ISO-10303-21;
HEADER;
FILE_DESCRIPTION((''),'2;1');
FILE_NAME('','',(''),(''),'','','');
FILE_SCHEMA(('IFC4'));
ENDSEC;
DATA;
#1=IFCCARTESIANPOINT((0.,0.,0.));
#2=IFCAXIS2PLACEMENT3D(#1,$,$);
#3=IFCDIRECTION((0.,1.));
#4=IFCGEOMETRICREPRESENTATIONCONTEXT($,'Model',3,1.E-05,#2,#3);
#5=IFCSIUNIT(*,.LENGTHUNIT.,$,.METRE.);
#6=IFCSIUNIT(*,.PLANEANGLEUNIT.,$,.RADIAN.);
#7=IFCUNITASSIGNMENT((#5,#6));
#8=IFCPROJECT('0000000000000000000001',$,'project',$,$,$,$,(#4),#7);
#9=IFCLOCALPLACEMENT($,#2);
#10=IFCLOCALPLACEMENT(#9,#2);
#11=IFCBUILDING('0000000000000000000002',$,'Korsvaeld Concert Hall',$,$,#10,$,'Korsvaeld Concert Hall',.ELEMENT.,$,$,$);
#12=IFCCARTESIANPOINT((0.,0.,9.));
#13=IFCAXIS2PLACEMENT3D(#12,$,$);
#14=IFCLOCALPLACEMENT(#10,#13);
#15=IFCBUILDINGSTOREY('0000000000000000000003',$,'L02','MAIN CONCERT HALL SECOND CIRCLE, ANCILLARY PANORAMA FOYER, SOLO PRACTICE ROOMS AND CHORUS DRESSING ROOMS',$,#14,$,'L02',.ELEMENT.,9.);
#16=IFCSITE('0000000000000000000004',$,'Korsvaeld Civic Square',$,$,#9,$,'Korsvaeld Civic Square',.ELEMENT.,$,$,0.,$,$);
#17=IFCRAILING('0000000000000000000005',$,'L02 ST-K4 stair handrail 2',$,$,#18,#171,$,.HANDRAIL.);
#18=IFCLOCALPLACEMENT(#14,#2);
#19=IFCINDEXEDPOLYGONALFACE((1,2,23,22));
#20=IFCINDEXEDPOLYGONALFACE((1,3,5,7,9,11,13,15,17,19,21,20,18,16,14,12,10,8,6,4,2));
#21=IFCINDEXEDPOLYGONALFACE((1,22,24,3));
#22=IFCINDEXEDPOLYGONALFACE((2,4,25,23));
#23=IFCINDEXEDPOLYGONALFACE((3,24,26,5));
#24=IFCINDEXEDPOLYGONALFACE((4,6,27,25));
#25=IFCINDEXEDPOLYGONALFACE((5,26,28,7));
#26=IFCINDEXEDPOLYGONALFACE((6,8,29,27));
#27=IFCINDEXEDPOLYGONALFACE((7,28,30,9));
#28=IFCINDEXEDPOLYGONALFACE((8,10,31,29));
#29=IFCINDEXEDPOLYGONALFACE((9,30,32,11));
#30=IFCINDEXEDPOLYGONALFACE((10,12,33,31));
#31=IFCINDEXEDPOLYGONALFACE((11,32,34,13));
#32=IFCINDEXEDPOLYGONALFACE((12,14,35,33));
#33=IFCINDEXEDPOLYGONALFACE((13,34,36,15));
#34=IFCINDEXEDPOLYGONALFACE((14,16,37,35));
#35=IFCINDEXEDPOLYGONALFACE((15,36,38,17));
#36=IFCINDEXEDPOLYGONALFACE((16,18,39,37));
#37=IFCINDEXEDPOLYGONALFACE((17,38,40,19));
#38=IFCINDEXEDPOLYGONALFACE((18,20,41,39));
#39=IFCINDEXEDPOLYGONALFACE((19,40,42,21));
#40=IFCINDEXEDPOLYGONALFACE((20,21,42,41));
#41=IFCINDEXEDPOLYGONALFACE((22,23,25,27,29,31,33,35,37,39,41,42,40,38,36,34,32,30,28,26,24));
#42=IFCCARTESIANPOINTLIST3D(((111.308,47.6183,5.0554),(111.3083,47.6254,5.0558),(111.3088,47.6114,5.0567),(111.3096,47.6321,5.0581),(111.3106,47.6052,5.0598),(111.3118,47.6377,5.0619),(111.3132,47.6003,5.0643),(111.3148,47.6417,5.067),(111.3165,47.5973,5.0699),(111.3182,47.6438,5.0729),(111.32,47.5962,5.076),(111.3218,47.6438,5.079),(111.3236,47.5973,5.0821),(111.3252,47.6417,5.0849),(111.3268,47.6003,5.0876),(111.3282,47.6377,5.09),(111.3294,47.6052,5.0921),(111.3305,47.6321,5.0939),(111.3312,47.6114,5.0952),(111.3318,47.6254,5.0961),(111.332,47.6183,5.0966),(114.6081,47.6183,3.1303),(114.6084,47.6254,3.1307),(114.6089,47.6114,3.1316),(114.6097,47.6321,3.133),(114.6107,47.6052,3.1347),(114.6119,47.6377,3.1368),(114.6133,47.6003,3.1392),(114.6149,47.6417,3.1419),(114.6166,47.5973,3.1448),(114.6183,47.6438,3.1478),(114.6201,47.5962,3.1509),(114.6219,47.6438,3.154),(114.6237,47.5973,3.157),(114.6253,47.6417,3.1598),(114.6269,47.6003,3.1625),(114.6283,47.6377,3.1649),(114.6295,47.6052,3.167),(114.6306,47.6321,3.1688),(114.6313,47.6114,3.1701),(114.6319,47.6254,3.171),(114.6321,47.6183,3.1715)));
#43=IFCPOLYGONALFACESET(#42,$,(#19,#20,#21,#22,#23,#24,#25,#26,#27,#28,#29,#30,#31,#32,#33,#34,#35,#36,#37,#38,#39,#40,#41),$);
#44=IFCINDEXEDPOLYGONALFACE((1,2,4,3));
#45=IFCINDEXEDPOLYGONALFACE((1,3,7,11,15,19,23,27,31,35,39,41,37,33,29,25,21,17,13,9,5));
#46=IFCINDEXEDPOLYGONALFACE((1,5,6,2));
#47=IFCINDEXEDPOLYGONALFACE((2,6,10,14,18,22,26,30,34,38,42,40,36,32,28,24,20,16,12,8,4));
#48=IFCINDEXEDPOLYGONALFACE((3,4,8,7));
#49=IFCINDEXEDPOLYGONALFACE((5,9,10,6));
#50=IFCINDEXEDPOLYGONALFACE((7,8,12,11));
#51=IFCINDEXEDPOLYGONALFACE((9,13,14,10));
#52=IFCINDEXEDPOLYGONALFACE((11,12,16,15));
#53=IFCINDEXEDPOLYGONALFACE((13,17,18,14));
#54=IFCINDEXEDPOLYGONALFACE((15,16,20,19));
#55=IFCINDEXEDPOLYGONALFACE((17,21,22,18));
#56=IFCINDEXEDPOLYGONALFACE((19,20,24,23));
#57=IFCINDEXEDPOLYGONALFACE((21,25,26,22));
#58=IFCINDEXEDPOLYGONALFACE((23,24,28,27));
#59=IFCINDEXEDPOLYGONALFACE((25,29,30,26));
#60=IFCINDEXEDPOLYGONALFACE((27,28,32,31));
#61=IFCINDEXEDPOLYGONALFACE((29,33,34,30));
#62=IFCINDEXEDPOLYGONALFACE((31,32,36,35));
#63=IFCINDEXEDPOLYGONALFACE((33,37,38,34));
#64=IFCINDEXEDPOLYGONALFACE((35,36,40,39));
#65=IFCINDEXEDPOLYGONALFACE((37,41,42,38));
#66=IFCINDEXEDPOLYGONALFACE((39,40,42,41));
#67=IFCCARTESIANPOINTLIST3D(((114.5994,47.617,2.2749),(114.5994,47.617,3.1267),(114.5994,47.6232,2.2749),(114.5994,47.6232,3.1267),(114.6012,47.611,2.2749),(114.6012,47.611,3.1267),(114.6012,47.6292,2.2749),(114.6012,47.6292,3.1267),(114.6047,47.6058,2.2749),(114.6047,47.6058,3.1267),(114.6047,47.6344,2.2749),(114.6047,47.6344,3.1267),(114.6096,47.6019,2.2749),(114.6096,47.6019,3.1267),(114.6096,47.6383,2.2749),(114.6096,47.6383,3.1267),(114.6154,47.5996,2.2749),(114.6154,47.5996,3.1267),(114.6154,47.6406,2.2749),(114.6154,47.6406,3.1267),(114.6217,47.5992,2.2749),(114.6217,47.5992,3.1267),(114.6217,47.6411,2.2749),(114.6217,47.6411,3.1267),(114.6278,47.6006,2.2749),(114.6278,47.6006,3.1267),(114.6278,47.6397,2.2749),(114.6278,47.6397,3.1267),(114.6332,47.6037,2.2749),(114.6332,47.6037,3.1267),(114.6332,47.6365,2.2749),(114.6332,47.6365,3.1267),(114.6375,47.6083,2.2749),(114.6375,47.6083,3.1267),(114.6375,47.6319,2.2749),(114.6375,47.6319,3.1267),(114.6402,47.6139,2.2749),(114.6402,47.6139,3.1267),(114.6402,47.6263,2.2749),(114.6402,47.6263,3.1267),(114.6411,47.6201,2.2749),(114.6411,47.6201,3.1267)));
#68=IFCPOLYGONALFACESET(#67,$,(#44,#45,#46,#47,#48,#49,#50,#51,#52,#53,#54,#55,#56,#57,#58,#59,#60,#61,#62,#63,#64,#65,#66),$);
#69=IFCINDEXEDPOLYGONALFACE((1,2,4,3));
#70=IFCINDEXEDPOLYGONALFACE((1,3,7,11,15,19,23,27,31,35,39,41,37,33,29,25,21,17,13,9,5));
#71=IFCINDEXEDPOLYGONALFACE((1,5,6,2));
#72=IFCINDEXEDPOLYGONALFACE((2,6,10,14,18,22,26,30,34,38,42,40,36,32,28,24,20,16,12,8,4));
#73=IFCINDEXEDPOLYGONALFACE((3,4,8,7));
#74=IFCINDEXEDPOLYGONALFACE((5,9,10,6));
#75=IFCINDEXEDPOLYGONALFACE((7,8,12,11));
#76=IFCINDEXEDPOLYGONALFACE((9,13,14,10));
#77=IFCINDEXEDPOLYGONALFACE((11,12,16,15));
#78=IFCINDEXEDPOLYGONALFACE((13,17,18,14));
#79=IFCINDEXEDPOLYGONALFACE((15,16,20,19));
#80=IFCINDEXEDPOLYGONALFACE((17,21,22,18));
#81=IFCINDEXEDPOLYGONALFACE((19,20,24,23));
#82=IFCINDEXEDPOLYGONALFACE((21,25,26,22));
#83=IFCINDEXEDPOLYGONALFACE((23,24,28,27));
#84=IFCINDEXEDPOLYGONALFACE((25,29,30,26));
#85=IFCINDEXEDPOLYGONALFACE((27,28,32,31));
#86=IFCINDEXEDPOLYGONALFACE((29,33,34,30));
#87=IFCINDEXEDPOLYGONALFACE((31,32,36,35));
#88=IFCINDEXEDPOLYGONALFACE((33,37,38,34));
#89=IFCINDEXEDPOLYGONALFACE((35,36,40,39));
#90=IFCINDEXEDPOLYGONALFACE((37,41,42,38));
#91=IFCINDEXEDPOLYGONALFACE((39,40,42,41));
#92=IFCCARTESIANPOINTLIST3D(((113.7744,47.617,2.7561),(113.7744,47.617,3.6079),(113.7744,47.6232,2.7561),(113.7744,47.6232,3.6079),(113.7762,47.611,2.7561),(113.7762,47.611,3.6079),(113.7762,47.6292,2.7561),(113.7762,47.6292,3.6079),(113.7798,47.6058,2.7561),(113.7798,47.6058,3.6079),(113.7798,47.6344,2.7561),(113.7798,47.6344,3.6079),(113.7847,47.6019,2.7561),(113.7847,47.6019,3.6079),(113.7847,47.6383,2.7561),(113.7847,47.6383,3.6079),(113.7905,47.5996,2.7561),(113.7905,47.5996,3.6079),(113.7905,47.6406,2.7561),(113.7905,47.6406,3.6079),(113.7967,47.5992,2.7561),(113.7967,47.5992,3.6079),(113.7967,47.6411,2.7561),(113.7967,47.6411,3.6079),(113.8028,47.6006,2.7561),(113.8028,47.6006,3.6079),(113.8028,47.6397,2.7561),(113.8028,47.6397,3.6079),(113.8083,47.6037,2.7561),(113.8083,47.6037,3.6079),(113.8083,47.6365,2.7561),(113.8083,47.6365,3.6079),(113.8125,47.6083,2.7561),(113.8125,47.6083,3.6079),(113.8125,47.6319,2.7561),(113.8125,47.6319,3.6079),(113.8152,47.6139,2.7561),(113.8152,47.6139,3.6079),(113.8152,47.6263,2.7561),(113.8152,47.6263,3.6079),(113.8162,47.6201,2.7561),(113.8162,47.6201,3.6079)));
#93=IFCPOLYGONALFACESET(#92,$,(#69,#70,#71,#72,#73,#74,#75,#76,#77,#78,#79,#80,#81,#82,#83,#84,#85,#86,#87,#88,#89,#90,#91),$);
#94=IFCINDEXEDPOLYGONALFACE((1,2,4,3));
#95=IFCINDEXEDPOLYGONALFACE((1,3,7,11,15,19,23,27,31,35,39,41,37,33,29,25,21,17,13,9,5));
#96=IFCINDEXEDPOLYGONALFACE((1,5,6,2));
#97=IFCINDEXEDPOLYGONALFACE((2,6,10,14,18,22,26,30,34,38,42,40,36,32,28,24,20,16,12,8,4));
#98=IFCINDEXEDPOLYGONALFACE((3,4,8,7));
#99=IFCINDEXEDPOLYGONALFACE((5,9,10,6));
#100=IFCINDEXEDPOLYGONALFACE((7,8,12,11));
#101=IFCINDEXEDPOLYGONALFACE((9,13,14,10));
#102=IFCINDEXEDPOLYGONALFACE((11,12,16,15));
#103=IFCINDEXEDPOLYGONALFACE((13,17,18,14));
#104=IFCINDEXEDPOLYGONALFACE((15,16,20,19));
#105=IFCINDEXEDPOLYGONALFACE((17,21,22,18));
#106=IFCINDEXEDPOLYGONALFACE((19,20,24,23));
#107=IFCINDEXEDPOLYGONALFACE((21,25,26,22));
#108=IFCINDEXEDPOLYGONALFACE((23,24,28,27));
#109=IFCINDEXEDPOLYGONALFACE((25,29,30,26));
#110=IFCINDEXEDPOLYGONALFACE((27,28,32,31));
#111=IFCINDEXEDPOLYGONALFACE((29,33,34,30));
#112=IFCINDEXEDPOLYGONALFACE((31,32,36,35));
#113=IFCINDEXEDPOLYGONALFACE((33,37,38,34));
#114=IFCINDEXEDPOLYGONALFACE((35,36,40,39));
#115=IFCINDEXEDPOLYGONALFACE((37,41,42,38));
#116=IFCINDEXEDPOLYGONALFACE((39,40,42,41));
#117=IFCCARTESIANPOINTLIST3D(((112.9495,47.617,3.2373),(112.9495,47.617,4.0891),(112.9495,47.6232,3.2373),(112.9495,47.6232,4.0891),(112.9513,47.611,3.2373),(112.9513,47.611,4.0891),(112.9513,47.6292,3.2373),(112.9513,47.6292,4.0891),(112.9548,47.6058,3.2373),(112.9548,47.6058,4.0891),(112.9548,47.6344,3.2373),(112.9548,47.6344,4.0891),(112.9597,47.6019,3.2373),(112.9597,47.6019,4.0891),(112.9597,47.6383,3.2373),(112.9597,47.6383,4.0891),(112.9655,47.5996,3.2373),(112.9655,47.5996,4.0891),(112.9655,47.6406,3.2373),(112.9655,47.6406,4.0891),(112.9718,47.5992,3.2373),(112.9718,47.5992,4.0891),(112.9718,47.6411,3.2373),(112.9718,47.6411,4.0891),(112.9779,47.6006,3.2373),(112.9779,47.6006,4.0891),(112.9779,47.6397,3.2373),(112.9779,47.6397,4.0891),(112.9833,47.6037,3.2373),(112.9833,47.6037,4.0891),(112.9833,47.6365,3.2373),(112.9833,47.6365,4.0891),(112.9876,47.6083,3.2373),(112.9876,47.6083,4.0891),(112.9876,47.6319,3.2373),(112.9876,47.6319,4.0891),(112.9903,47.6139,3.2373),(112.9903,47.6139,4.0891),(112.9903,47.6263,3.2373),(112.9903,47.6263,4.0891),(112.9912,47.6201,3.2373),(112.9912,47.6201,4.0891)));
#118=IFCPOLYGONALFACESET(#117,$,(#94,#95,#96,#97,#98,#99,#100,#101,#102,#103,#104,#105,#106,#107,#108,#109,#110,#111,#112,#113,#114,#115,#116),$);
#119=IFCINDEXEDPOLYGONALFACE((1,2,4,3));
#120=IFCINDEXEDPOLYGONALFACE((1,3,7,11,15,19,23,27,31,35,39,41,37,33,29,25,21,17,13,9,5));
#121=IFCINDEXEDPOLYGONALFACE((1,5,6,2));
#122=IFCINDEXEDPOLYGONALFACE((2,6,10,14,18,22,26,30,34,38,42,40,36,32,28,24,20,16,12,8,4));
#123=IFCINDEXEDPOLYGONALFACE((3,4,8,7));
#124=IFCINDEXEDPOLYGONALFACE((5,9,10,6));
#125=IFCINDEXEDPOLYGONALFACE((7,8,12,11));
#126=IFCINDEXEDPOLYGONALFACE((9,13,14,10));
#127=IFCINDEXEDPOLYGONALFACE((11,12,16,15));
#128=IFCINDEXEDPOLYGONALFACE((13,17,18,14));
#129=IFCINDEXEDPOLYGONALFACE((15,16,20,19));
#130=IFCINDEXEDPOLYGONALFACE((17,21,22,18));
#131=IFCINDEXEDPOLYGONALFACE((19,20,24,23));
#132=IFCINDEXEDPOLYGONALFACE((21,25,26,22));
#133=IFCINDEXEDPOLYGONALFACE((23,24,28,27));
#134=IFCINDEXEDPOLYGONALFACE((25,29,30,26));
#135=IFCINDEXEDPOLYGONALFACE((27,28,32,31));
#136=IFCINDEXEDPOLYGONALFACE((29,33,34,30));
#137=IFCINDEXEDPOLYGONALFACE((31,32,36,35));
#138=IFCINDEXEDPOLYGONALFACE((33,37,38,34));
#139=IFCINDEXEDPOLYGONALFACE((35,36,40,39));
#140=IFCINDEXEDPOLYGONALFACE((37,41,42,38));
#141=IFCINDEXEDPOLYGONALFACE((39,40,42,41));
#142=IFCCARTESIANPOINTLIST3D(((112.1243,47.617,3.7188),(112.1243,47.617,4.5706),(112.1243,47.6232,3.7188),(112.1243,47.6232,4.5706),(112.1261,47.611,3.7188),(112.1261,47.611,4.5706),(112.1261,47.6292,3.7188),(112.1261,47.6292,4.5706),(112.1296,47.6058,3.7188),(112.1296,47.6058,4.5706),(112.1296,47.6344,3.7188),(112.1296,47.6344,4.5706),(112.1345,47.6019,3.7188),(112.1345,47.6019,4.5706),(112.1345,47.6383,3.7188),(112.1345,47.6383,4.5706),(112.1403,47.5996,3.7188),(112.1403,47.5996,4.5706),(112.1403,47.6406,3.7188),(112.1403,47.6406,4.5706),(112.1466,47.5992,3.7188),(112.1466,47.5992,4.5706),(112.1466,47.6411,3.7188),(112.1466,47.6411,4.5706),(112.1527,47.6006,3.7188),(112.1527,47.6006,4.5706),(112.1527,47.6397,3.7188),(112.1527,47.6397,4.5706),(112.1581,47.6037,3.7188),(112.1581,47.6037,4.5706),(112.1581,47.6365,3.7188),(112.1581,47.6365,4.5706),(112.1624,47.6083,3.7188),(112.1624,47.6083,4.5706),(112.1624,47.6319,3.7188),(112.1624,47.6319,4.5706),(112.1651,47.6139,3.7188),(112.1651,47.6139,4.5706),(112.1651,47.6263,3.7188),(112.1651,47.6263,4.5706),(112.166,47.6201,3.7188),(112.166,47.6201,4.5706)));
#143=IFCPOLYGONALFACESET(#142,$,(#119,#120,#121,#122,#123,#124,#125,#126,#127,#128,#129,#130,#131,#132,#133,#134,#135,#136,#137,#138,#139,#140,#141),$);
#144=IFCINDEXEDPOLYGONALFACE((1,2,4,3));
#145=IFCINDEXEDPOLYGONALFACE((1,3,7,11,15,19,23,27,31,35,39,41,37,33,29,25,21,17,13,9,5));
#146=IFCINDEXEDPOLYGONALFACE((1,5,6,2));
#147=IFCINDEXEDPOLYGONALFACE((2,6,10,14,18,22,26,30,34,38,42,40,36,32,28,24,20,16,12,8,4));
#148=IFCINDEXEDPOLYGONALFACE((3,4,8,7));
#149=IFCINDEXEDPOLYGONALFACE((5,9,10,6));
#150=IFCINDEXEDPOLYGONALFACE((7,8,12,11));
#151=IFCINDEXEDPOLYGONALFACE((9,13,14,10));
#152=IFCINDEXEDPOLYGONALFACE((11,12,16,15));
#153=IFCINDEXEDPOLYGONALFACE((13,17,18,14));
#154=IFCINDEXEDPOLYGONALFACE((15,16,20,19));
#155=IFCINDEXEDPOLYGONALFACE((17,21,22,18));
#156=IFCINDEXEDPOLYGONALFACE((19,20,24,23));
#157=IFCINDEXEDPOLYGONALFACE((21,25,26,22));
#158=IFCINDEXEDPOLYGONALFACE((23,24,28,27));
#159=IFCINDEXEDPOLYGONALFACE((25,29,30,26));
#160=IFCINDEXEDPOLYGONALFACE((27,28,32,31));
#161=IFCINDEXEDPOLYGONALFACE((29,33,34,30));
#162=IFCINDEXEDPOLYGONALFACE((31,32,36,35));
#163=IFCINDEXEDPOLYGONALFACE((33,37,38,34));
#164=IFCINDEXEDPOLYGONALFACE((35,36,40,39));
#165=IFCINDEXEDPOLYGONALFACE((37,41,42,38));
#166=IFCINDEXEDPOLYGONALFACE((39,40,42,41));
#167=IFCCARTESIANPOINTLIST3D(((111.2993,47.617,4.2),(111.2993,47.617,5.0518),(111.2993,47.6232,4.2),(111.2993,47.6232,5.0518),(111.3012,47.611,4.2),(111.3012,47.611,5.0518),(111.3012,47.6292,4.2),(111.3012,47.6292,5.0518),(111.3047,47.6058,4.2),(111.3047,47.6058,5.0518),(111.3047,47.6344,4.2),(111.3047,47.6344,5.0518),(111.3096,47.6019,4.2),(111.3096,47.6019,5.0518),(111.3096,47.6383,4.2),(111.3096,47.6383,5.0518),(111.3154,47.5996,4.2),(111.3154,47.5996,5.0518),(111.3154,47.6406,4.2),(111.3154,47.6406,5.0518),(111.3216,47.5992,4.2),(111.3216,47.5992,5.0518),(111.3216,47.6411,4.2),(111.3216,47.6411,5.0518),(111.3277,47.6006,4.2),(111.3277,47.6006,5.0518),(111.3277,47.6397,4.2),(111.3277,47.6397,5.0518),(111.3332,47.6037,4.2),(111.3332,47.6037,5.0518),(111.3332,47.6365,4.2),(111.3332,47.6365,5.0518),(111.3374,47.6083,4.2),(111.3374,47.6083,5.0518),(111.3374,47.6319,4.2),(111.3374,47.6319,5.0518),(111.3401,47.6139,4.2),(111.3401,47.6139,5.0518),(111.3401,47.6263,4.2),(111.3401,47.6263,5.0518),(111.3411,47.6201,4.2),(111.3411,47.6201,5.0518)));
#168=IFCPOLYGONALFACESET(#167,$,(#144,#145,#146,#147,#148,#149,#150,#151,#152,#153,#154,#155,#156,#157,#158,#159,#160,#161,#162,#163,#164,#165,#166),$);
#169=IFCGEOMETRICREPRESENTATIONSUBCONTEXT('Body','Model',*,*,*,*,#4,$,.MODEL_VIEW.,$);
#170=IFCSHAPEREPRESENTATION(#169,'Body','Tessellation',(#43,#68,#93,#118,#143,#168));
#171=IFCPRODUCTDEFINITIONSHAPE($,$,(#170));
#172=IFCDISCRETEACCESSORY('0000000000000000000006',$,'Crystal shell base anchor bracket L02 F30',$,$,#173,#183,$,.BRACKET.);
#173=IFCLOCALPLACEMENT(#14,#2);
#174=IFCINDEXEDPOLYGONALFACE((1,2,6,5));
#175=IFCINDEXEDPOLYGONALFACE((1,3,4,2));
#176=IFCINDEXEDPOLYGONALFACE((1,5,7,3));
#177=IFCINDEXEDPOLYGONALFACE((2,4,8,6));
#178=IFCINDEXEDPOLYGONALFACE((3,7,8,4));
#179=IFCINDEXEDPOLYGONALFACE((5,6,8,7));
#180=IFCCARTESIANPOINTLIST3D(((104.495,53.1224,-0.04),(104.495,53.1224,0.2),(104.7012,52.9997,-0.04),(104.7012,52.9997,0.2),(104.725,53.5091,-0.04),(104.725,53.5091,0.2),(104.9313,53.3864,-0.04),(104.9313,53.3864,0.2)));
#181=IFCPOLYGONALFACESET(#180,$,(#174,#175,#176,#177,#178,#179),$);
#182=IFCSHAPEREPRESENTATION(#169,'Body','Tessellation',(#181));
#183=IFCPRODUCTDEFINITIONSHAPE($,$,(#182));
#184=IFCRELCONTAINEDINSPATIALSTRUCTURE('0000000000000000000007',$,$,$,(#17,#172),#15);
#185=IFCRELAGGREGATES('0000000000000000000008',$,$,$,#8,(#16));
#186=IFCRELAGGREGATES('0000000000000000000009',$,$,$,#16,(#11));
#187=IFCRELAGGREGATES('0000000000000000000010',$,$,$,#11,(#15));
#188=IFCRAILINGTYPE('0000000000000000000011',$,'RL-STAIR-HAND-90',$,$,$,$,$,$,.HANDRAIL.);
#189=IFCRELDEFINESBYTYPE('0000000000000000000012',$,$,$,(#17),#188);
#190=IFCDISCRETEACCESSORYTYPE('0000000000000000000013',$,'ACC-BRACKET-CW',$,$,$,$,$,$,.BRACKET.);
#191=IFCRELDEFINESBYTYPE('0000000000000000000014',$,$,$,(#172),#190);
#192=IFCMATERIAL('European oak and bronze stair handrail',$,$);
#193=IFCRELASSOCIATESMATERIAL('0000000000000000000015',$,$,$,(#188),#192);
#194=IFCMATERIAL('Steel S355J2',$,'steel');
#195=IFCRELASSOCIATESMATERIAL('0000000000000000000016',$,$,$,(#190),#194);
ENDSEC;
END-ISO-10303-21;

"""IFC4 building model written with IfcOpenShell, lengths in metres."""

from ifc_helpers import new_model, si_unit, direction, frame, origin, origin_2d, place, context, subcontext, project, spatial, rectangle, circle, extrude, material, type_object, element, save


model = new_model("IFC4")

# Units and contexts
model_context = context("Model", 3, precision=1e-05, world=origin(), true_north=direction((0.0, 1.0)))
body_context = subcontext(model_context, "Body", "Model", "MODEL_VIEW")
ifc_project = project(units=[si_unit("LENGTHUNIT", "METRE"), si_unit("PLANEANGLEUNIT", "RADIAN")], contexts=[model_context])

# Site, building, storey
site_placement = place(None, origin())
site = spatial("IfcSite", under=ifc_project, at=site_placement, Name="Korsvaeld Civic Square", LongName="Korsvaeld Civic Square", CompositionType="ELEMENT", RefElevation=0.0)
building_placement = place(site_placement, origin())
building = spatial("IfcBuilding", under=site, at=building_placement, Name="Korsvaeld Concert Hall", LongName="Korsvaeld Concert Hall", CompositionType="ELEMENT")
storey_placement = place(building_placement, frame((0.0, 0.0, 9.0)))
storey = spatial("IfcBuildingStorey", under=building, at=storey_placement, Name="L02", Description="MAIN CONCERT HALL SECOND CIRCLE, ANCILLARY PANORAMA FOYER, SOLO PRACTICE ROOMS AND CHORUS DRESSING ROOMS", LongName="L02", CompositionType="ELEMENT", Elevation=9.0)

# Shared definitions
ifc_material_1 = material(Name="Steel S355J2", Category="steel")

# Railing
ifc_material_2 = material(Name="European oak and bronze stair handrail")
railing_type_1 = type_object("IfcRailingType", Name="RL-STAIR-HAND-90", PredefinedType="HANDRAIL", material=ifc_material_2)
railing_1_placement = place(storey_placement, frame((114.6201, 47.6201, 2.2749)))
element("IfcRailing", 1, at=railing_1_placement, inside=storey, type_object=railing_type_1, Name="L02 ST-K4 stair handrail 2", PredefinedType="HANDRAIL", context=body_context, shape_type="SweptSolid", body=[
    extrude(circle(Radius=0.0239, at=origin_2d()), frame((0.0, 0.0, 0.876), z_axis=(-0.863777, 0.0, 0.503875), x_axis=(0.0, -1.0, 0.0)), (0.0, 0.0, 1.0), 3.8206),
    extrude(circle(Radius=0.021, at=origin_2d()), origin(), (0.0, 0.0, 1.0), 0.8518),
    extrude(circle(Radius=0.021, at=origin_2d()), frame((-0.825, 0.0, 0.4812)), (0.0, 0.0, 1.0), 0.8518),
    extrude(circle(Radius=0.021, at=origin_2d()), frame((-1.6499, 0.0, 0.9624)), (0.0, 0.0, 1.0), 0.8518),
    extrude(circle(Radius=0.021, at=origin_2d()), frame((-2.4751, 0.0, 1.4438)), (0.0, 0.0, 1.0), 0.8518),
    extrude(circle(Radius=0.021, at=origin_2d()), frame((-3.3, 0.0, 1.925)), (0.0, 0.0, 1.0), 0.8518),
])

# Discrete accessory
discrete_accessory_type = type_object("IfcDiscreteAccessoryType", Name="ACC-BRACKET-CW", PredefinedType="BRACKET", material=ifc_material_1)
discrete_accessory_placement = place(storey_placement, frame((104.7131, 53.2544, -0.04), z_axis=(0.0, 0.0, 1.0), x_axis=(0.511293, 0.859406, 0.0)))
element("IfcDiscreteAccessory", 2, at=discrete_accessory_placement, inside=storey, type_object=discrete_accessory_type, Name="Crystal shell base anchor bracket L02 F30", PredefinedType="BRACKET", context=body_context, shape_type="SweptSolid", body=[
    extrude(rectangle(XDim=0.45, YDim=0.24, at=origin_2d()), origin(), (0.0, 0.0, 1.0), 0.24),
])

save(model, "model.ifc")
